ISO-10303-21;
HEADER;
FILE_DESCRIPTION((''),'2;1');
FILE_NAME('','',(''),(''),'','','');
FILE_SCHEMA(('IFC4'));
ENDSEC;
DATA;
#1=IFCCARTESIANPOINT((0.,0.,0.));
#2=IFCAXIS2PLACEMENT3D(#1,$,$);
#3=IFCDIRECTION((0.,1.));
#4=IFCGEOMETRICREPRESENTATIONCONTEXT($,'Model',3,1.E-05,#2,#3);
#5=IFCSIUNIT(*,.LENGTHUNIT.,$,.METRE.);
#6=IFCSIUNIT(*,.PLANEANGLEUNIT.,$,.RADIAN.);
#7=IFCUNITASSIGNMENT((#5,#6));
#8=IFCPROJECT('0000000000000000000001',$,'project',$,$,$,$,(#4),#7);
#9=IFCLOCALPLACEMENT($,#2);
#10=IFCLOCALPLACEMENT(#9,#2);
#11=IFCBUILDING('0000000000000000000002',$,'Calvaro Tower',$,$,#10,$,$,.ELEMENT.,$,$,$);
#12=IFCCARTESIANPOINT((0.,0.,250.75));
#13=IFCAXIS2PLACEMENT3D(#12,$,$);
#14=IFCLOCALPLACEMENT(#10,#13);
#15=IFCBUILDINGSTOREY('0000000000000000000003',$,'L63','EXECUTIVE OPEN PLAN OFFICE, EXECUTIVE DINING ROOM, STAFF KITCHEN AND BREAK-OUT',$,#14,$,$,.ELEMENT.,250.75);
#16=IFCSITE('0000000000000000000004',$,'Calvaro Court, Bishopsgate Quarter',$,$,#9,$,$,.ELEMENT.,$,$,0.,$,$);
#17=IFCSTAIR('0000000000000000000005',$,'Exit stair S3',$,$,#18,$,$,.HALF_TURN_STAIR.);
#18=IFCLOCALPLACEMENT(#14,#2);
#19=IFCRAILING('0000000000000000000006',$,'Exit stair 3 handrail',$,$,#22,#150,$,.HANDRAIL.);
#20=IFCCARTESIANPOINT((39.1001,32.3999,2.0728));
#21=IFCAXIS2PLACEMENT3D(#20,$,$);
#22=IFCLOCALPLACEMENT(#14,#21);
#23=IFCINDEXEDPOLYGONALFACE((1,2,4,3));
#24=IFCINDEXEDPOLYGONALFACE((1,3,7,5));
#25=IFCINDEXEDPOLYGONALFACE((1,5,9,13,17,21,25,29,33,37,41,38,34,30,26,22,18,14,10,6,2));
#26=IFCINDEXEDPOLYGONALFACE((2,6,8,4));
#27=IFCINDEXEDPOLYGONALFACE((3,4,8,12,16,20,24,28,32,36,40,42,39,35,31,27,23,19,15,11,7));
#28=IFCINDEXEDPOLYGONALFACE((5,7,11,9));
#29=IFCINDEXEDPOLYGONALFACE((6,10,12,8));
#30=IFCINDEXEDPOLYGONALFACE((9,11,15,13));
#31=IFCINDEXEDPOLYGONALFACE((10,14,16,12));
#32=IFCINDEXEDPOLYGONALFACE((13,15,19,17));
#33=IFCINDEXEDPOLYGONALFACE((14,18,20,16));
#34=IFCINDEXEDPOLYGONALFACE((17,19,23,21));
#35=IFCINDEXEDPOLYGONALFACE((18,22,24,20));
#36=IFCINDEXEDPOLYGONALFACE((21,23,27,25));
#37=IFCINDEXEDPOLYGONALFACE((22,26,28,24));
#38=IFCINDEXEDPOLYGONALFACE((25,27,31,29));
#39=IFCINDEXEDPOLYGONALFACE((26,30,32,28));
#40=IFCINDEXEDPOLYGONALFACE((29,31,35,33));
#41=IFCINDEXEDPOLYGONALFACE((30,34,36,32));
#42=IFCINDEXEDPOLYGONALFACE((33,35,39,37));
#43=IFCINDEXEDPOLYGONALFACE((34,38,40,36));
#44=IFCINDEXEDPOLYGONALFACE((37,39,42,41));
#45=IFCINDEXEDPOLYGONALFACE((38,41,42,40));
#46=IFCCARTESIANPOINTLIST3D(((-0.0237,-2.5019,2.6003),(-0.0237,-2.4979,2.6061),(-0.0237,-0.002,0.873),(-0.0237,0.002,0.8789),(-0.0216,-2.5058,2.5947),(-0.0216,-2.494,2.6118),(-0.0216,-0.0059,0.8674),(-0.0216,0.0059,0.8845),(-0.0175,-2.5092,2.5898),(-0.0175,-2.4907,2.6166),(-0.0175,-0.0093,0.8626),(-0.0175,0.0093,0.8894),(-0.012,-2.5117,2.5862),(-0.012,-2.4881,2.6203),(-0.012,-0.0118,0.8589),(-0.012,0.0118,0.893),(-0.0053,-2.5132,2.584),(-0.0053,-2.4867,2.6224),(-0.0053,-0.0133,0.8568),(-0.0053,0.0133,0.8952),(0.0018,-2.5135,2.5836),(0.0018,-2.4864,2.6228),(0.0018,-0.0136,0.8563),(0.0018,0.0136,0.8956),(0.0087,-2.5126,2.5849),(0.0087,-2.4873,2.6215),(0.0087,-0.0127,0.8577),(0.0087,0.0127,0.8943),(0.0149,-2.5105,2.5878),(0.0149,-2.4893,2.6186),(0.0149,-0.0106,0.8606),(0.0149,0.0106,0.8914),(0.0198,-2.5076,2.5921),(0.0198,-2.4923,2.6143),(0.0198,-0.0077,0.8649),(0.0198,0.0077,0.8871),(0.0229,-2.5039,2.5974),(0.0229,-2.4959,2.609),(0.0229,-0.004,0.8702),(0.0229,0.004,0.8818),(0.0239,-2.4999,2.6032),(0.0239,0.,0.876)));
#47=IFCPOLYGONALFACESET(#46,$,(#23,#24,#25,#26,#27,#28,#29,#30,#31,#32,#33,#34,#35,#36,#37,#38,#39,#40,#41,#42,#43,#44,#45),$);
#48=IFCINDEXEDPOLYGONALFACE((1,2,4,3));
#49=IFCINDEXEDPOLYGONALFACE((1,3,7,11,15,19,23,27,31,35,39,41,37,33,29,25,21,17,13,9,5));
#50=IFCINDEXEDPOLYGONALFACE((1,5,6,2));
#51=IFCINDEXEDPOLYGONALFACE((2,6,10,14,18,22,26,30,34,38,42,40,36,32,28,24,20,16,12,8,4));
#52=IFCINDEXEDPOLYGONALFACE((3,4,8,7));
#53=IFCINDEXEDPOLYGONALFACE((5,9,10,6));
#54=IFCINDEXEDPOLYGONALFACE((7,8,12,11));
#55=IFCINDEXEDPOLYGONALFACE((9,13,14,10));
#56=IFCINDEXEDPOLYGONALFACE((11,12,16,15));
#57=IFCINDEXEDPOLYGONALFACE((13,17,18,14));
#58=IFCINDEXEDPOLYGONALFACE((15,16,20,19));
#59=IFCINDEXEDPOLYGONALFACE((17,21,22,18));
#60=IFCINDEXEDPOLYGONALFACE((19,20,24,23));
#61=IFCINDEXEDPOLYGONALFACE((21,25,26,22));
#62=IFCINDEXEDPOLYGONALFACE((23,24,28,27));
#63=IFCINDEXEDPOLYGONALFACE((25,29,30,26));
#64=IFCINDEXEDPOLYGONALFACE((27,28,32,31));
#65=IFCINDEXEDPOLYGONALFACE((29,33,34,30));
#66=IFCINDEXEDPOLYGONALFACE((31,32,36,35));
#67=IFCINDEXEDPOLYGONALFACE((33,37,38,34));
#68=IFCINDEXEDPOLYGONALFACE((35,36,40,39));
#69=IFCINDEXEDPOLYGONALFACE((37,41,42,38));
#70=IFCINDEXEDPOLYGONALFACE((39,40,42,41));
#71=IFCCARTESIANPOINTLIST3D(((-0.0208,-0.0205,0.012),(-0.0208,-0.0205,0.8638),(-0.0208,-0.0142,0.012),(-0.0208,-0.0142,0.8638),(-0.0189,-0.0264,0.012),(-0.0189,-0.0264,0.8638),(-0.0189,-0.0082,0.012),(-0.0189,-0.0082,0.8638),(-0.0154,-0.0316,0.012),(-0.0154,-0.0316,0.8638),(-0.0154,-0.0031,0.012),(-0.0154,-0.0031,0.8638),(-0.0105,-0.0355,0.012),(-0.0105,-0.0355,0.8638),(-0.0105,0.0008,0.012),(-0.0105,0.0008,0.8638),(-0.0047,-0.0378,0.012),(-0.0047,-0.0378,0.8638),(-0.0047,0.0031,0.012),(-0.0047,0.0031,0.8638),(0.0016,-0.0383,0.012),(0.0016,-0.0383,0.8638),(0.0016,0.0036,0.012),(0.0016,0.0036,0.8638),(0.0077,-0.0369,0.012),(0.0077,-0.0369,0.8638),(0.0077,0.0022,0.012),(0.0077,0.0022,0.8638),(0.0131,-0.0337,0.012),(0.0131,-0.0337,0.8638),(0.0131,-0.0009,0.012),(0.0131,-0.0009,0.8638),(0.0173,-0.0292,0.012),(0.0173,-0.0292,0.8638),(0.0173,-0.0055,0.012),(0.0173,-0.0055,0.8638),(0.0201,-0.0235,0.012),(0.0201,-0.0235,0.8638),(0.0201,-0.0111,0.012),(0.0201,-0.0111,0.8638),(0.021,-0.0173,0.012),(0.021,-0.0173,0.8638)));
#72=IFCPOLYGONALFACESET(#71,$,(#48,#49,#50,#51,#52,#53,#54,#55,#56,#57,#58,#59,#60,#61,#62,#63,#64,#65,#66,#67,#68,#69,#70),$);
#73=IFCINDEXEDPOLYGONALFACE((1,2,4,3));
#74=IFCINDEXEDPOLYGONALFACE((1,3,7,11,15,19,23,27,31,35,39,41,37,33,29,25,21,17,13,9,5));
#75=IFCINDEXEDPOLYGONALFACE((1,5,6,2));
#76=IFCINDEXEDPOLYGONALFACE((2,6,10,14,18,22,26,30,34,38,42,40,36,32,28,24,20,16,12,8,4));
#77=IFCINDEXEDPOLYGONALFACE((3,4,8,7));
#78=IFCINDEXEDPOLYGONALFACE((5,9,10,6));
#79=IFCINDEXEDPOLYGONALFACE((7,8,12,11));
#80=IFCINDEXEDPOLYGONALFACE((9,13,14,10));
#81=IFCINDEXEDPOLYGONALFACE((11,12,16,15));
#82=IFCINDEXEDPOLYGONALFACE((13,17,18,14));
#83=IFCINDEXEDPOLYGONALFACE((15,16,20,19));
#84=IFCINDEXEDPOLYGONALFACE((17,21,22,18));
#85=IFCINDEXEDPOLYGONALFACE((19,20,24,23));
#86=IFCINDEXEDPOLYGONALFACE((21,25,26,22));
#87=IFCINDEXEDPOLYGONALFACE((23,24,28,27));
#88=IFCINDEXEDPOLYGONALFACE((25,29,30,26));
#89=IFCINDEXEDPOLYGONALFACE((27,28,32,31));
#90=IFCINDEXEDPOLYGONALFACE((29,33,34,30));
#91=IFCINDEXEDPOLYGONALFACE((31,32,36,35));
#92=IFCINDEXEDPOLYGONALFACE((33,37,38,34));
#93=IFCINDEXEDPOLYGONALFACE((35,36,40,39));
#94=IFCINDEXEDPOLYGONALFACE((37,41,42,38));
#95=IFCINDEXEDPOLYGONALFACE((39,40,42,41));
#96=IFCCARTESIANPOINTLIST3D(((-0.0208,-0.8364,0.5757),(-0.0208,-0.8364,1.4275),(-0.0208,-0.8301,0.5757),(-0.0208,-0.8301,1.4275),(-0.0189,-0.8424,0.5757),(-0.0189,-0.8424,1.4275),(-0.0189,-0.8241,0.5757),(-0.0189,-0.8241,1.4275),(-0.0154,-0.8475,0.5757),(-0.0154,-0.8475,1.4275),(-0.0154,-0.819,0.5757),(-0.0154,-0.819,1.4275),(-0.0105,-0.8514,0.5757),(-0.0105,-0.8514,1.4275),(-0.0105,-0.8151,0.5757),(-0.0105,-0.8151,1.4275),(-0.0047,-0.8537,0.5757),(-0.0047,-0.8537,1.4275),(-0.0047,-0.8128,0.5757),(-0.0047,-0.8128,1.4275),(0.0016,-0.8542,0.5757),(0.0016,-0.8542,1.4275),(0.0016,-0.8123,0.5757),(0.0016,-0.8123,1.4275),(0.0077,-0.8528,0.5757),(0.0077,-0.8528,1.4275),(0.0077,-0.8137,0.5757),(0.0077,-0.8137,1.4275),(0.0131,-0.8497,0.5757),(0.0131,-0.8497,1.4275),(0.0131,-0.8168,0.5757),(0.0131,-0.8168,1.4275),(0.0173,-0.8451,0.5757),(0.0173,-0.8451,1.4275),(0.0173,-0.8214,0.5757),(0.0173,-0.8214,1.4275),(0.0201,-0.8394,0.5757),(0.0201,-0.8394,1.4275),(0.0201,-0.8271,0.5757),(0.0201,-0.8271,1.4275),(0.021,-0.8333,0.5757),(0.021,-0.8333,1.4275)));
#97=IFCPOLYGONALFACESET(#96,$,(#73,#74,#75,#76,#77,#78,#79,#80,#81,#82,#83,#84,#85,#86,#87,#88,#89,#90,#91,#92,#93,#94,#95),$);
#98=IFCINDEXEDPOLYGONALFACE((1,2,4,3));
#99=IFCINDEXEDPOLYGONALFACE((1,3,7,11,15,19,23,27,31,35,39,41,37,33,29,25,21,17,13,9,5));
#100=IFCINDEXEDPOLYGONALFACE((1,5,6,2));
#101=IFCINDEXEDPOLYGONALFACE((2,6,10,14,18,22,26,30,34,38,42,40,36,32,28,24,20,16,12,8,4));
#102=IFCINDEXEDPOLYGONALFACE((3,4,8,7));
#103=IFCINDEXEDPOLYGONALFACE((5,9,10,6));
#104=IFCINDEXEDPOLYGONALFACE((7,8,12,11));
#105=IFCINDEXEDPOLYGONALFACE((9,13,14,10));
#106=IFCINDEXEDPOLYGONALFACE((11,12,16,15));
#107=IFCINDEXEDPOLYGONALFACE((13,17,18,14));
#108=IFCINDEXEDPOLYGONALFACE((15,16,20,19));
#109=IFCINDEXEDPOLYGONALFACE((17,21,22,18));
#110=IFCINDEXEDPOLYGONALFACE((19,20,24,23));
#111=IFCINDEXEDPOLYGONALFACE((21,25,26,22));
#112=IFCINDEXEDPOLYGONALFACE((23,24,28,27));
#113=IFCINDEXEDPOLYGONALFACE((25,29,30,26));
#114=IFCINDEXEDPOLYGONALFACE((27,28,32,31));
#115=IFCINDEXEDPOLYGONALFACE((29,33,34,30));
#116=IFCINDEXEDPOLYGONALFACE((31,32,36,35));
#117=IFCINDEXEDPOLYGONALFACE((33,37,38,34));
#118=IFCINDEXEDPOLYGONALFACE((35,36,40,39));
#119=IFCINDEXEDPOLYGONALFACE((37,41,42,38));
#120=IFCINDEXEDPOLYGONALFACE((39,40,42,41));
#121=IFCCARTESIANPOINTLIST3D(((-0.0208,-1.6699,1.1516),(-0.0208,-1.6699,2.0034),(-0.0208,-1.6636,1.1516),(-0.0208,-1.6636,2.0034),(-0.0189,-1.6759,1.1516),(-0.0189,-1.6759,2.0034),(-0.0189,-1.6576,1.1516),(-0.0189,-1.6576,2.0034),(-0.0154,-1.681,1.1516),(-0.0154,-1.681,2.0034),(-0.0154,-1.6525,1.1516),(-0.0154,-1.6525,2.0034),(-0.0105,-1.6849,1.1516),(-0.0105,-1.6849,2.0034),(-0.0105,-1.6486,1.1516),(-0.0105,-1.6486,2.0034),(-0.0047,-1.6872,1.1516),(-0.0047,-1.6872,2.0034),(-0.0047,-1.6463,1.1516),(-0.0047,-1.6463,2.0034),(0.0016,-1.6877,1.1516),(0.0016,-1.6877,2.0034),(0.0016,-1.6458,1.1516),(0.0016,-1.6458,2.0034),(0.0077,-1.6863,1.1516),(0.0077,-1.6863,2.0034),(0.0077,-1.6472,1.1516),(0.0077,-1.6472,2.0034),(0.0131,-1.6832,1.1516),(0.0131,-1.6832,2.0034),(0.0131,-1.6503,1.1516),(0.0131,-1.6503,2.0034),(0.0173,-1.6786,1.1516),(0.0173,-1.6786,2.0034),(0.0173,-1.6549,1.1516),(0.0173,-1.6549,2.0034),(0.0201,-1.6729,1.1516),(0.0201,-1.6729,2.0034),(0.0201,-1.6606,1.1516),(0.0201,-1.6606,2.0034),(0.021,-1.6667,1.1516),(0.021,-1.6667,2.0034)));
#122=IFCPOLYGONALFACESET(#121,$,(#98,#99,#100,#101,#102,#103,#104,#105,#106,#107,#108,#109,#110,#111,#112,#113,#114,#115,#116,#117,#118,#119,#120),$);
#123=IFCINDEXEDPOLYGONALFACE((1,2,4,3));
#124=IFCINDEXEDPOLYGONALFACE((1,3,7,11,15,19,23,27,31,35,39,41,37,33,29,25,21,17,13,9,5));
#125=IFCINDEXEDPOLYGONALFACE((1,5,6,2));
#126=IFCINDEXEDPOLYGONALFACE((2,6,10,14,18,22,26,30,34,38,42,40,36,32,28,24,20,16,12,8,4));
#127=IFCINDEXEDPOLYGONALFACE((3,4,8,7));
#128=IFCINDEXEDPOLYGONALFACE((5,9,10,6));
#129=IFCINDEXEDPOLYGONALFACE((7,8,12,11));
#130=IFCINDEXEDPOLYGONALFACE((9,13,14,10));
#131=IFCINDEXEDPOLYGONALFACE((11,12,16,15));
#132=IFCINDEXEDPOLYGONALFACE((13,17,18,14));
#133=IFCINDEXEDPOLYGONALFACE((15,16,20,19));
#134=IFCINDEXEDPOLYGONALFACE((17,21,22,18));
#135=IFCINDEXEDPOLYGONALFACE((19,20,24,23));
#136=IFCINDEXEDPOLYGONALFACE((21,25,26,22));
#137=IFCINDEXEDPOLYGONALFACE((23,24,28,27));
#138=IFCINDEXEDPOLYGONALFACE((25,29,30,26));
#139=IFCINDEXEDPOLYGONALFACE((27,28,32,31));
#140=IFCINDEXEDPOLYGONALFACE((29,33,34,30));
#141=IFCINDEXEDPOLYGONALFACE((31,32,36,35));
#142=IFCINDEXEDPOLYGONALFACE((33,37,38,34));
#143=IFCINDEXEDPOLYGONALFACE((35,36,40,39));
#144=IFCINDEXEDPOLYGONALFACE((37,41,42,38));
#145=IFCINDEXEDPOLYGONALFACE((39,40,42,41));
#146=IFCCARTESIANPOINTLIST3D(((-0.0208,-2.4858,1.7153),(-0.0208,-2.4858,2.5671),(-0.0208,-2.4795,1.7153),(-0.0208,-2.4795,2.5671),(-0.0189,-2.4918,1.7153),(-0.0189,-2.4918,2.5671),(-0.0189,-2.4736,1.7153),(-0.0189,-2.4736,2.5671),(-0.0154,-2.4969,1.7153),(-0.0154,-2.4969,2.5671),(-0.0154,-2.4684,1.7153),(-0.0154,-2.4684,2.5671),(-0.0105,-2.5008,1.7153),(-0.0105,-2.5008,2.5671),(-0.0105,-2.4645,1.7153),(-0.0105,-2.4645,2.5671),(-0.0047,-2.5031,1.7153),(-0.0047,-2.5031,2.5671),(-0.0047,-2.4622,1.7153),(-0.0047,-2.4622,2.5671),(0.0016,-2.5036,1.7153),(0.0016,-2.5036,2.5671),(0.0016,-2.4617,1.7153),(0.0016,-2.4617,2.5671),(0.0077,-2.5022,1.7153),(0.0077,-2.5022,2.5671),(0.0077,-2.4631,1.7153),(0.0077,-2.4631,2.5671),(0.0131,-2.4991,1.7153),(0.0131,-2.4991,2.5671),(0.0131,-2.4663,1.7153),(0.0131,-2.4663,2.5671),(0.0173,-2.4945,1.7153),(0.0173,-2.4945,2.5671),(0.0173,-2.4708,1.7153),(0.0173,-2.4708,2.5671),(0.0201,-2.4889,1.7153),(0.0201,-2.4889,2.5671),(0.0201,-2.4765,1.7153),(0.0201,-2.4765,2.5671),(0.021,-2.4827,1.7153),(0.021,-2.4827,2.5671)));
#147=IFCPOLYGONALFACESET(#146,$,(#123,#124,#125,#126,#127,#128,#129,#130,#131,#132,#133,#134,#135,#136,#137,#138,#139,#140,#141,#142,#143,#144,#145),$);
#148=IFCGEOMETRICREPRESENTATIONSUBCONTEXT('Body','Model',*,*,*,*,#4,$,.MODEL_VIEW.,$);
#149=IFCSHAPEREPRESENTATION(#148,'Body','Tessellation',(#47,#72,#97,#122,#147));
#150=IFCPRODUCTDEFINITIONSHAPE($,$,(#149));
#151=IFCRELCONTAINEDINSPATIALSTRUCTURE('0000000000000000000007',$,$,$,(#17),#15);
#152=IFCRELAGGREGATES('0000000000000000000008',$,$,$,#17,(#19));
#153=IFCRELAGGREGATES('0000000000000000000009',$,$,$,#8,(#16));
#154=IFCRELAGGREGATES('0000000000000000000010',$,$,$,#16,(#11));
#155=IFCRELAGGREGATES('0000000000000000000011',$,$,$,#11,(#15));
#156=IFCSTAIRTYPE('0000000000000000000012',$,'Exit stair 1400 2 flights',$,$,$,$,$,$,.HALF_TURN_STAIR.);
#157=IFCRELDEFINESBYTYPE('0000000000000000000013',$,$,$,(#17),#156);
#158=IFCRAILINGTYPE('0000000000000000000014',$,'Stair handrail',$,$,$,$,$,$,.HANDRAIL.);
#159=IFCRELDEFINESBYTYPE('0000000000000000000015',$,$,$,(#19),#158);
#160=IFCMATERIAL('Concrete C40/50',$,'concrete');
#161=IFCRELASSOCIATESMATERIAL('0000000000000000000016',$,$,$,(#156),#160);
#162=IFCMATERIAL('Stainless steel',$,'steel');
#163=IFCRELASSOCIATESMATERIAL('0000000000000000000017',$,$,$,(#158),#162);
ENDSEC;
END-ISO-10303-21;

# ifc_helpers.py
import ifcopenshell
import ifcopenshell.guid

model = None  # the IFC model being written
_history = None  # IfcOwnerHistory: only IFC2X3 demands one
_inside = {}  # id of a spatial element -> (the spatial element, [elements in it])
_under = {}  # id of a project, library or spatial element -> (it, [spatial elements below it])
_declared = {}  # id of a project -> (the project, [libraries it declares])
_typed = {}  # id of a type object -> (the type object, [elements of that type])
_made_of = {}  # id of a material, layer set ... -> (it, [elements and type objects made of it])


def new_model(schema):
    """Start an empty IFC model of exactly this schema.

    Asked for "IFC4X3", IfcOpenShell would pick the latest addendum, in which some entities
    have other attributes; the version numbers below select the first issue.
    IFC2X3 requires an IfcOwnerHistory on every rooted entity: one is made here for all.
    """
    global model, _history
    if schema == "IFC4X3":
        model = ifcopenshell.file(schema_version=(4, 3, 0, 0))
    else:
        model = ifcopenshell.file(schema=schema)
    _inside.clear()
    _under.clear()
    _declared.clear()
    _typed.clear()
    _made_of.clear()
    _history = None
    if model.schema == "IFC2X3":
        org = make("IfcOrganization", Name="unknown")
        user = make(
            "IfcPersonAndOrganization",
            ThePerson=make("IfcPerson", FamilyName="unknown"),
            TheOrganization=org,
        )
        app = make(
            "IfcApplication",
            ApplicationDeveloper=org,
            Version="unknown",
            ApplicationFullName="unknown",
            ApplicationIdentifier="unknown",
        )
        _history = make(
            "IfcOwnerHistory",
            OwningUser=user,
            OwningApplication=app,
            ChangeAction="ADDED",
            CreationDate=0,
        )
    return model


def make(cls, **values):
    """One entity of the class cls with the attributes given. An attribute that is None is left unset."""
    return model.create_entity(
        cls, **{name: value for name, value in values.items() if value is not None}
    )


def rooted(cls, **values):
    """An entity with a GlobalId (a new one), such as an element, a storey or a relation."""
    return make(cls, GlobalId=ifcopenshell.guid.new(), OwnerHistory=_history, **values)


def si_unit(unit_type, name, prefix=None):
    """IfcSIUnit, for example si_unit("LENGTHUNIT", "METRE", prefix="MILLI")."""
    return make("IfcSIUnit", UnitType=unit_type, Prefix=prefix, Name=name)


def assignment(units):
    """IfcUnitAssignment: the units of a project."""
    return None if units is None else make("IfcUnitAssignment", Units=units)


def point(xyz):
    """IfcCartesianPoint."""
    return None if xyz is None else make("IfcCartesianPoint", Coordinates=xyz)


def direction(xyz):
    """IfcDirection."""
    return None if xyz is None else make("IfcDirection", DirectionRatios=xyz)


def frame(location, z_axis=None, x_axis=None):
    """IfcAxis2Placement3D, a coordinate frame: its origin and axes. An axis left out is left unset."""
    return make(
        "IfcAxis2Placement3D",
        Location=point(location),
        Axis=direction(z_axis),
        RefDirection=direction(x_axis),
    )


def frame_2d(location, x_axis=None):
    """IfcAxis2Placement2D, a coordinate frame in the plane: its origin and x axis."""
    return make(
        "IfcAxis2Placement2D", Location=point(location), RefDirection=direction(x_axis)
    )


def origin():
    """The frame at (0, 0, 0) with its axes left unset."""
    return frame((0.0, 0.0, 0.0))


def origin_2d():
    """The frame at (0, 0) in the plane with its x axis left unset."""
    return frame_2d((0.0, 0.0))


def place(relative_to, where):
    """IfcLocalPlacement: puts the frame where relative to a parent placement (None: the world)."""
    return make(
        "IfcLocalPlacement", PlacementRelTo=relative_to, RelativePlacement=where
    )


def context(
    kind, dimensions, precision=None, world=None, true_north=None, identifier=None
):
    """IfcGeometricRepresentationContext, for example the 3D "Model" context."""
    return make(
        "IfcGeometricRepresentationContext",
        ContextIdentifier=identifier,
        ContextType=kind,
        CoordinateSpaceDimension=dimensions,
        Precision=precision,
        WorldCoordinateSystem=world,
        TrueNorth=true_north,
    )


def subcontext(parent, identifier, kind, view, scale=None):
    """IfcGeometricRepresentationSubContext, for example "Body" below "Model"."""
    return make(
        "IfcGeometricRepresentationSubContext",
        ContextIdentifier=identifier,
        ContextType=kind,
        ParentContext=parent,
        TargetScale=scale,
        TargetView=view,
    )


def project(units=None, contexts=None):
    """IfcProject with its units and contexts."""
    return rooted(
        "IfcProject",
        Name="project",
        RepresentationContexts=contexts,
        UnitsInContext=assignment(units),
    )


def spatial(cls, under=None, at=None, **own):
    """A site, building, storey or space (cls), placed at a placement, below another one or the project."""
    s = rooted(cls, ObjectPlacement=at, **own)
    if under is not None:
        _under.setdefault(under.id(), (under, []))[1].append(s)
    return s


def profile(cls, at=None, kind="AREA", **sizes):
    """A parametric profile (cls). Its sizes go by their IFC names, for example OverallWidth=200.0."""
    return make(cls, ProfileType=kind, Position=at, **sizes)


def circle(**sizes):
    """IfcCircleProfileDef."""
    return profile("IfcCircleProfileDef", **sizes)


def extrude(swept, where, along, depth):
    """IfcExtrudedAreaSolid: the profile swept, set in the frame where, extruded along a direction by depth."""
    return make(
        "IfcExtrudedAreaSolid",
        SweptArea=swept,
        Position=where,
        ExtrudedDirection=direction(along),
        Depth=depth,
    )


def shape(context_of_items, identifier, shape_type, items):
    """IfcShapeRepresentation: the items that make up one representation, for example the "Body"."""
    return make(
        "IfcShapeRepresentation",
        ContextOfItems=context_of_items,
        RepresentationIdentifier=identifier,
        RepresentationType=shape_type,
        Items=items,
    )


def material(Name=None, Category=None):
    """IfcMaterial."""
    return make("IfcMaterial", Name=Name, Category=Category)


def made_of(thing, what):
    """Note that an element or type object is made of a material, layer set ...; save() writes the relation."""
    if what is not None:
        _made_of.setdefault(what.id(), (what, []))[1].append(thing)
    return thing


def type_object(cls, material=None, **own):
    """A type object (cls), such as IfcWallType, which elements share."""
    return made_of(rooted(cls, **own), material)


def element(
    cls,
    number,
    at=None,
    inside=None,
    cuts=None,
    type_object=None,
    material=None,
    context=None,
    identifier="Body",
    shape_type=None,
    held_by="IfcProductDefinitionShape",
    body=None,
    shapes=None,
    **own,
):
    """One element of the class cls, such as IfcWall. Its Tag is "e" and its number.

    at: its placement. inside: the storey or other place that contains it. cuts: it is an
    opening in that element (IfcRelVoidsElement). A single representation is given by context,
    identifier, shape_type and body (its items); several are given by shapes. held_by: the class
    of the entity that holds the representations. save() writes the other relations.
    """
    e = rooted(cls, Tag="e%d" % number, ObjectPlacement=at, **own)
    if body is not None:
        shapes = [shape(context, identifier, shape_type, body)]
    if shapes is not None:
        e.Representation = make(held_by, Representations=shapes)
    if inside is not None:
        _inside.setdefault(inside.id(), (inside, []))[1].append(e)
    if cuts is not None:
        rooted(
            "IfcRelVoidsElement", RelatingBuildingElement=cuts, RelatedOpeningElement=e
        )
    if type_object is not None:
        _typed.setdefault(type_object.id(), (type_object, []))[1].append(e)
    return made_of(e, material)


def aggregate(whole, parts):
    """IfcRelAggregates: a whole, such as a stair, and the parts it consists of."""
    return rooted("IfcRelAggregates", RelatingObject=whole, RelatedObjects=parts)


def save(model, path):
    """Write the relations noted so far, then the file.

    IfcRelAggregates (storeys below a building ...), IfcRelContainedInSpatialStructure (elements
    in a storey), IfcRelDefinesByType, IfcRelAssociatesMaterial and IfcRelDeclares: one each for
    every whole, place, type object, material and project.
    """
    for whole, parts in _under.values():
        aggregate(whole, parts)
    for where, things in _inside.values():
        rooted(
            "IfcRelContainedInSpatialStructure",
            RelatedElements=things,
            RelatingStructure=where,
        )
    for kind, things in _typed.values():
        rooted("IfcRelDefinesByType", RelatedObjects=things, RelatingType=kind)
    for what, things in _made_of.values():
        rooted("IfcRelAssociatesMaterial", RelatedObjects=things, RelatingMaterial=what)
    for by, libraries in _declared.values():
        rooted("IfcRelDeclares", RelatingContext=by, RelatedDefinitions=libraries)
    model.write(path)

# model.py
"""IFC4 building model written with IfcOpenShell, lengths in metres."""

from ifc_helpers import new_model, si_unit, direction, frame, origin, origin_2d, place, context, subcontext, project, spatial, circle, extrude, material, type_object, element, aggregate, save


model = new_model("IFC4")

# Units and contexts
model_context = context("Model", 3, precision=1e-05, world=origin(), true_north=direction((0.0, 1.0)))
body_context = subcontext(model_context, "Body", "Model", "MODEL_VIEW")
ifc_project = project(units=[si_unit("LENGTHUNIT", "METRE"), si_unit("PLANEANGLEUNIT", "RADIAN")], contexts=[model_context])

# Site, building, storey
site_placement = place(None, origin())
site = spatial("IfcSite", under=ifc_project, at=site_placement, Name="Calvaro Court, Bishopsgate Quarter", CompositionType="ELEMENT", RefElevation=0.0)
building_placement = place(site_placement, origin())
building = spatial("IfcBuilding", under=site, at=building_placement, Name="Calvaro Tower", CompositionType="ELEMENT")
storey_placement = place(building_placement, frame((0.0, 0.0, 250.75)))
storey = spatial("IfcBuildingStorey", under=building, at=storey_placement, Name="L63", Description="EXECUTIVE OPEN PLAN OFFICE, EXECUTIVE DINING ROOM, STAFF KITCHEN AND BREAK-OUT", CompositionType="ELEMENT", Elevation=250.75)

# Stair
ifc_material_1 = material(Name="Concrete C40/50", Category="concrete")
stair_type = type_object("IfcStairType", Name="Exit stair 1400 2 flights", PredefinedType="HALF_TURN_STAIR", material=ifc_material_1)
stair_1_placement = place(storey_placement, origin())
stair_1 = element("IfcStair", 1, at=stair_1_placement, inside=storey, type_object=stair_type, Name="Exit stair S3", PredefinedType="HALF_TURN_STAIR")

# Railing
ifc_material_2 = material(Name="Stainless steel", Category="steel")
railing_type = type_object("IfcRailingType", Name="Stair handrail", PredefinedType="HANDRAIL", material=ifc_material_2)
railing_1_placement = place(storey_placement, frame((39.1001, 32.3999, 2.0728)))
railing_1 = element("IfcRailing", 2, at=railing_1_placement, type_object=railing_type, Name="Exit stair 3 handrail", PredefinedType="HANDRAIL", context=body_context, shape_type="SweptSolid", body=[
    extrude(circle(Radius=0.0239, at=origin_2d()), frame((0.0, 0.0, 0.876), z_axis=(0.0, -0.822727, 0.568437), x_axis=(1.0, 0.0, 0.0)), (0.0, 0.0, 1.0), 3.0386),
    extrude(circle(Radius=0.021, at=origin_2d()), frame((0.0, -0.0173, 0.012)), (0.0, 0.0, 1.0), 0.8518),
    extrude(circle(Radius=0.021, at=origin_2d()), frame((0.0, -0.8333, 0.5757)), (0.0, 0.0, 1.0), 0.8518),
    extrude(circle(Radius=0.021, at=origin_2d()), frame((0.0, -1.6667, 1.1516)), (0.0, 0.0, 1.0), 0.8518),
    extrude(circle(Radius=0.021, at=origin_2d()), frame((0.0, -2.4827, 1.7153)), (0.0, 0.0, 1.0), 0.8518),
])
aggregate(stair_1, [railing_1])

save(model, "model.ifc")
